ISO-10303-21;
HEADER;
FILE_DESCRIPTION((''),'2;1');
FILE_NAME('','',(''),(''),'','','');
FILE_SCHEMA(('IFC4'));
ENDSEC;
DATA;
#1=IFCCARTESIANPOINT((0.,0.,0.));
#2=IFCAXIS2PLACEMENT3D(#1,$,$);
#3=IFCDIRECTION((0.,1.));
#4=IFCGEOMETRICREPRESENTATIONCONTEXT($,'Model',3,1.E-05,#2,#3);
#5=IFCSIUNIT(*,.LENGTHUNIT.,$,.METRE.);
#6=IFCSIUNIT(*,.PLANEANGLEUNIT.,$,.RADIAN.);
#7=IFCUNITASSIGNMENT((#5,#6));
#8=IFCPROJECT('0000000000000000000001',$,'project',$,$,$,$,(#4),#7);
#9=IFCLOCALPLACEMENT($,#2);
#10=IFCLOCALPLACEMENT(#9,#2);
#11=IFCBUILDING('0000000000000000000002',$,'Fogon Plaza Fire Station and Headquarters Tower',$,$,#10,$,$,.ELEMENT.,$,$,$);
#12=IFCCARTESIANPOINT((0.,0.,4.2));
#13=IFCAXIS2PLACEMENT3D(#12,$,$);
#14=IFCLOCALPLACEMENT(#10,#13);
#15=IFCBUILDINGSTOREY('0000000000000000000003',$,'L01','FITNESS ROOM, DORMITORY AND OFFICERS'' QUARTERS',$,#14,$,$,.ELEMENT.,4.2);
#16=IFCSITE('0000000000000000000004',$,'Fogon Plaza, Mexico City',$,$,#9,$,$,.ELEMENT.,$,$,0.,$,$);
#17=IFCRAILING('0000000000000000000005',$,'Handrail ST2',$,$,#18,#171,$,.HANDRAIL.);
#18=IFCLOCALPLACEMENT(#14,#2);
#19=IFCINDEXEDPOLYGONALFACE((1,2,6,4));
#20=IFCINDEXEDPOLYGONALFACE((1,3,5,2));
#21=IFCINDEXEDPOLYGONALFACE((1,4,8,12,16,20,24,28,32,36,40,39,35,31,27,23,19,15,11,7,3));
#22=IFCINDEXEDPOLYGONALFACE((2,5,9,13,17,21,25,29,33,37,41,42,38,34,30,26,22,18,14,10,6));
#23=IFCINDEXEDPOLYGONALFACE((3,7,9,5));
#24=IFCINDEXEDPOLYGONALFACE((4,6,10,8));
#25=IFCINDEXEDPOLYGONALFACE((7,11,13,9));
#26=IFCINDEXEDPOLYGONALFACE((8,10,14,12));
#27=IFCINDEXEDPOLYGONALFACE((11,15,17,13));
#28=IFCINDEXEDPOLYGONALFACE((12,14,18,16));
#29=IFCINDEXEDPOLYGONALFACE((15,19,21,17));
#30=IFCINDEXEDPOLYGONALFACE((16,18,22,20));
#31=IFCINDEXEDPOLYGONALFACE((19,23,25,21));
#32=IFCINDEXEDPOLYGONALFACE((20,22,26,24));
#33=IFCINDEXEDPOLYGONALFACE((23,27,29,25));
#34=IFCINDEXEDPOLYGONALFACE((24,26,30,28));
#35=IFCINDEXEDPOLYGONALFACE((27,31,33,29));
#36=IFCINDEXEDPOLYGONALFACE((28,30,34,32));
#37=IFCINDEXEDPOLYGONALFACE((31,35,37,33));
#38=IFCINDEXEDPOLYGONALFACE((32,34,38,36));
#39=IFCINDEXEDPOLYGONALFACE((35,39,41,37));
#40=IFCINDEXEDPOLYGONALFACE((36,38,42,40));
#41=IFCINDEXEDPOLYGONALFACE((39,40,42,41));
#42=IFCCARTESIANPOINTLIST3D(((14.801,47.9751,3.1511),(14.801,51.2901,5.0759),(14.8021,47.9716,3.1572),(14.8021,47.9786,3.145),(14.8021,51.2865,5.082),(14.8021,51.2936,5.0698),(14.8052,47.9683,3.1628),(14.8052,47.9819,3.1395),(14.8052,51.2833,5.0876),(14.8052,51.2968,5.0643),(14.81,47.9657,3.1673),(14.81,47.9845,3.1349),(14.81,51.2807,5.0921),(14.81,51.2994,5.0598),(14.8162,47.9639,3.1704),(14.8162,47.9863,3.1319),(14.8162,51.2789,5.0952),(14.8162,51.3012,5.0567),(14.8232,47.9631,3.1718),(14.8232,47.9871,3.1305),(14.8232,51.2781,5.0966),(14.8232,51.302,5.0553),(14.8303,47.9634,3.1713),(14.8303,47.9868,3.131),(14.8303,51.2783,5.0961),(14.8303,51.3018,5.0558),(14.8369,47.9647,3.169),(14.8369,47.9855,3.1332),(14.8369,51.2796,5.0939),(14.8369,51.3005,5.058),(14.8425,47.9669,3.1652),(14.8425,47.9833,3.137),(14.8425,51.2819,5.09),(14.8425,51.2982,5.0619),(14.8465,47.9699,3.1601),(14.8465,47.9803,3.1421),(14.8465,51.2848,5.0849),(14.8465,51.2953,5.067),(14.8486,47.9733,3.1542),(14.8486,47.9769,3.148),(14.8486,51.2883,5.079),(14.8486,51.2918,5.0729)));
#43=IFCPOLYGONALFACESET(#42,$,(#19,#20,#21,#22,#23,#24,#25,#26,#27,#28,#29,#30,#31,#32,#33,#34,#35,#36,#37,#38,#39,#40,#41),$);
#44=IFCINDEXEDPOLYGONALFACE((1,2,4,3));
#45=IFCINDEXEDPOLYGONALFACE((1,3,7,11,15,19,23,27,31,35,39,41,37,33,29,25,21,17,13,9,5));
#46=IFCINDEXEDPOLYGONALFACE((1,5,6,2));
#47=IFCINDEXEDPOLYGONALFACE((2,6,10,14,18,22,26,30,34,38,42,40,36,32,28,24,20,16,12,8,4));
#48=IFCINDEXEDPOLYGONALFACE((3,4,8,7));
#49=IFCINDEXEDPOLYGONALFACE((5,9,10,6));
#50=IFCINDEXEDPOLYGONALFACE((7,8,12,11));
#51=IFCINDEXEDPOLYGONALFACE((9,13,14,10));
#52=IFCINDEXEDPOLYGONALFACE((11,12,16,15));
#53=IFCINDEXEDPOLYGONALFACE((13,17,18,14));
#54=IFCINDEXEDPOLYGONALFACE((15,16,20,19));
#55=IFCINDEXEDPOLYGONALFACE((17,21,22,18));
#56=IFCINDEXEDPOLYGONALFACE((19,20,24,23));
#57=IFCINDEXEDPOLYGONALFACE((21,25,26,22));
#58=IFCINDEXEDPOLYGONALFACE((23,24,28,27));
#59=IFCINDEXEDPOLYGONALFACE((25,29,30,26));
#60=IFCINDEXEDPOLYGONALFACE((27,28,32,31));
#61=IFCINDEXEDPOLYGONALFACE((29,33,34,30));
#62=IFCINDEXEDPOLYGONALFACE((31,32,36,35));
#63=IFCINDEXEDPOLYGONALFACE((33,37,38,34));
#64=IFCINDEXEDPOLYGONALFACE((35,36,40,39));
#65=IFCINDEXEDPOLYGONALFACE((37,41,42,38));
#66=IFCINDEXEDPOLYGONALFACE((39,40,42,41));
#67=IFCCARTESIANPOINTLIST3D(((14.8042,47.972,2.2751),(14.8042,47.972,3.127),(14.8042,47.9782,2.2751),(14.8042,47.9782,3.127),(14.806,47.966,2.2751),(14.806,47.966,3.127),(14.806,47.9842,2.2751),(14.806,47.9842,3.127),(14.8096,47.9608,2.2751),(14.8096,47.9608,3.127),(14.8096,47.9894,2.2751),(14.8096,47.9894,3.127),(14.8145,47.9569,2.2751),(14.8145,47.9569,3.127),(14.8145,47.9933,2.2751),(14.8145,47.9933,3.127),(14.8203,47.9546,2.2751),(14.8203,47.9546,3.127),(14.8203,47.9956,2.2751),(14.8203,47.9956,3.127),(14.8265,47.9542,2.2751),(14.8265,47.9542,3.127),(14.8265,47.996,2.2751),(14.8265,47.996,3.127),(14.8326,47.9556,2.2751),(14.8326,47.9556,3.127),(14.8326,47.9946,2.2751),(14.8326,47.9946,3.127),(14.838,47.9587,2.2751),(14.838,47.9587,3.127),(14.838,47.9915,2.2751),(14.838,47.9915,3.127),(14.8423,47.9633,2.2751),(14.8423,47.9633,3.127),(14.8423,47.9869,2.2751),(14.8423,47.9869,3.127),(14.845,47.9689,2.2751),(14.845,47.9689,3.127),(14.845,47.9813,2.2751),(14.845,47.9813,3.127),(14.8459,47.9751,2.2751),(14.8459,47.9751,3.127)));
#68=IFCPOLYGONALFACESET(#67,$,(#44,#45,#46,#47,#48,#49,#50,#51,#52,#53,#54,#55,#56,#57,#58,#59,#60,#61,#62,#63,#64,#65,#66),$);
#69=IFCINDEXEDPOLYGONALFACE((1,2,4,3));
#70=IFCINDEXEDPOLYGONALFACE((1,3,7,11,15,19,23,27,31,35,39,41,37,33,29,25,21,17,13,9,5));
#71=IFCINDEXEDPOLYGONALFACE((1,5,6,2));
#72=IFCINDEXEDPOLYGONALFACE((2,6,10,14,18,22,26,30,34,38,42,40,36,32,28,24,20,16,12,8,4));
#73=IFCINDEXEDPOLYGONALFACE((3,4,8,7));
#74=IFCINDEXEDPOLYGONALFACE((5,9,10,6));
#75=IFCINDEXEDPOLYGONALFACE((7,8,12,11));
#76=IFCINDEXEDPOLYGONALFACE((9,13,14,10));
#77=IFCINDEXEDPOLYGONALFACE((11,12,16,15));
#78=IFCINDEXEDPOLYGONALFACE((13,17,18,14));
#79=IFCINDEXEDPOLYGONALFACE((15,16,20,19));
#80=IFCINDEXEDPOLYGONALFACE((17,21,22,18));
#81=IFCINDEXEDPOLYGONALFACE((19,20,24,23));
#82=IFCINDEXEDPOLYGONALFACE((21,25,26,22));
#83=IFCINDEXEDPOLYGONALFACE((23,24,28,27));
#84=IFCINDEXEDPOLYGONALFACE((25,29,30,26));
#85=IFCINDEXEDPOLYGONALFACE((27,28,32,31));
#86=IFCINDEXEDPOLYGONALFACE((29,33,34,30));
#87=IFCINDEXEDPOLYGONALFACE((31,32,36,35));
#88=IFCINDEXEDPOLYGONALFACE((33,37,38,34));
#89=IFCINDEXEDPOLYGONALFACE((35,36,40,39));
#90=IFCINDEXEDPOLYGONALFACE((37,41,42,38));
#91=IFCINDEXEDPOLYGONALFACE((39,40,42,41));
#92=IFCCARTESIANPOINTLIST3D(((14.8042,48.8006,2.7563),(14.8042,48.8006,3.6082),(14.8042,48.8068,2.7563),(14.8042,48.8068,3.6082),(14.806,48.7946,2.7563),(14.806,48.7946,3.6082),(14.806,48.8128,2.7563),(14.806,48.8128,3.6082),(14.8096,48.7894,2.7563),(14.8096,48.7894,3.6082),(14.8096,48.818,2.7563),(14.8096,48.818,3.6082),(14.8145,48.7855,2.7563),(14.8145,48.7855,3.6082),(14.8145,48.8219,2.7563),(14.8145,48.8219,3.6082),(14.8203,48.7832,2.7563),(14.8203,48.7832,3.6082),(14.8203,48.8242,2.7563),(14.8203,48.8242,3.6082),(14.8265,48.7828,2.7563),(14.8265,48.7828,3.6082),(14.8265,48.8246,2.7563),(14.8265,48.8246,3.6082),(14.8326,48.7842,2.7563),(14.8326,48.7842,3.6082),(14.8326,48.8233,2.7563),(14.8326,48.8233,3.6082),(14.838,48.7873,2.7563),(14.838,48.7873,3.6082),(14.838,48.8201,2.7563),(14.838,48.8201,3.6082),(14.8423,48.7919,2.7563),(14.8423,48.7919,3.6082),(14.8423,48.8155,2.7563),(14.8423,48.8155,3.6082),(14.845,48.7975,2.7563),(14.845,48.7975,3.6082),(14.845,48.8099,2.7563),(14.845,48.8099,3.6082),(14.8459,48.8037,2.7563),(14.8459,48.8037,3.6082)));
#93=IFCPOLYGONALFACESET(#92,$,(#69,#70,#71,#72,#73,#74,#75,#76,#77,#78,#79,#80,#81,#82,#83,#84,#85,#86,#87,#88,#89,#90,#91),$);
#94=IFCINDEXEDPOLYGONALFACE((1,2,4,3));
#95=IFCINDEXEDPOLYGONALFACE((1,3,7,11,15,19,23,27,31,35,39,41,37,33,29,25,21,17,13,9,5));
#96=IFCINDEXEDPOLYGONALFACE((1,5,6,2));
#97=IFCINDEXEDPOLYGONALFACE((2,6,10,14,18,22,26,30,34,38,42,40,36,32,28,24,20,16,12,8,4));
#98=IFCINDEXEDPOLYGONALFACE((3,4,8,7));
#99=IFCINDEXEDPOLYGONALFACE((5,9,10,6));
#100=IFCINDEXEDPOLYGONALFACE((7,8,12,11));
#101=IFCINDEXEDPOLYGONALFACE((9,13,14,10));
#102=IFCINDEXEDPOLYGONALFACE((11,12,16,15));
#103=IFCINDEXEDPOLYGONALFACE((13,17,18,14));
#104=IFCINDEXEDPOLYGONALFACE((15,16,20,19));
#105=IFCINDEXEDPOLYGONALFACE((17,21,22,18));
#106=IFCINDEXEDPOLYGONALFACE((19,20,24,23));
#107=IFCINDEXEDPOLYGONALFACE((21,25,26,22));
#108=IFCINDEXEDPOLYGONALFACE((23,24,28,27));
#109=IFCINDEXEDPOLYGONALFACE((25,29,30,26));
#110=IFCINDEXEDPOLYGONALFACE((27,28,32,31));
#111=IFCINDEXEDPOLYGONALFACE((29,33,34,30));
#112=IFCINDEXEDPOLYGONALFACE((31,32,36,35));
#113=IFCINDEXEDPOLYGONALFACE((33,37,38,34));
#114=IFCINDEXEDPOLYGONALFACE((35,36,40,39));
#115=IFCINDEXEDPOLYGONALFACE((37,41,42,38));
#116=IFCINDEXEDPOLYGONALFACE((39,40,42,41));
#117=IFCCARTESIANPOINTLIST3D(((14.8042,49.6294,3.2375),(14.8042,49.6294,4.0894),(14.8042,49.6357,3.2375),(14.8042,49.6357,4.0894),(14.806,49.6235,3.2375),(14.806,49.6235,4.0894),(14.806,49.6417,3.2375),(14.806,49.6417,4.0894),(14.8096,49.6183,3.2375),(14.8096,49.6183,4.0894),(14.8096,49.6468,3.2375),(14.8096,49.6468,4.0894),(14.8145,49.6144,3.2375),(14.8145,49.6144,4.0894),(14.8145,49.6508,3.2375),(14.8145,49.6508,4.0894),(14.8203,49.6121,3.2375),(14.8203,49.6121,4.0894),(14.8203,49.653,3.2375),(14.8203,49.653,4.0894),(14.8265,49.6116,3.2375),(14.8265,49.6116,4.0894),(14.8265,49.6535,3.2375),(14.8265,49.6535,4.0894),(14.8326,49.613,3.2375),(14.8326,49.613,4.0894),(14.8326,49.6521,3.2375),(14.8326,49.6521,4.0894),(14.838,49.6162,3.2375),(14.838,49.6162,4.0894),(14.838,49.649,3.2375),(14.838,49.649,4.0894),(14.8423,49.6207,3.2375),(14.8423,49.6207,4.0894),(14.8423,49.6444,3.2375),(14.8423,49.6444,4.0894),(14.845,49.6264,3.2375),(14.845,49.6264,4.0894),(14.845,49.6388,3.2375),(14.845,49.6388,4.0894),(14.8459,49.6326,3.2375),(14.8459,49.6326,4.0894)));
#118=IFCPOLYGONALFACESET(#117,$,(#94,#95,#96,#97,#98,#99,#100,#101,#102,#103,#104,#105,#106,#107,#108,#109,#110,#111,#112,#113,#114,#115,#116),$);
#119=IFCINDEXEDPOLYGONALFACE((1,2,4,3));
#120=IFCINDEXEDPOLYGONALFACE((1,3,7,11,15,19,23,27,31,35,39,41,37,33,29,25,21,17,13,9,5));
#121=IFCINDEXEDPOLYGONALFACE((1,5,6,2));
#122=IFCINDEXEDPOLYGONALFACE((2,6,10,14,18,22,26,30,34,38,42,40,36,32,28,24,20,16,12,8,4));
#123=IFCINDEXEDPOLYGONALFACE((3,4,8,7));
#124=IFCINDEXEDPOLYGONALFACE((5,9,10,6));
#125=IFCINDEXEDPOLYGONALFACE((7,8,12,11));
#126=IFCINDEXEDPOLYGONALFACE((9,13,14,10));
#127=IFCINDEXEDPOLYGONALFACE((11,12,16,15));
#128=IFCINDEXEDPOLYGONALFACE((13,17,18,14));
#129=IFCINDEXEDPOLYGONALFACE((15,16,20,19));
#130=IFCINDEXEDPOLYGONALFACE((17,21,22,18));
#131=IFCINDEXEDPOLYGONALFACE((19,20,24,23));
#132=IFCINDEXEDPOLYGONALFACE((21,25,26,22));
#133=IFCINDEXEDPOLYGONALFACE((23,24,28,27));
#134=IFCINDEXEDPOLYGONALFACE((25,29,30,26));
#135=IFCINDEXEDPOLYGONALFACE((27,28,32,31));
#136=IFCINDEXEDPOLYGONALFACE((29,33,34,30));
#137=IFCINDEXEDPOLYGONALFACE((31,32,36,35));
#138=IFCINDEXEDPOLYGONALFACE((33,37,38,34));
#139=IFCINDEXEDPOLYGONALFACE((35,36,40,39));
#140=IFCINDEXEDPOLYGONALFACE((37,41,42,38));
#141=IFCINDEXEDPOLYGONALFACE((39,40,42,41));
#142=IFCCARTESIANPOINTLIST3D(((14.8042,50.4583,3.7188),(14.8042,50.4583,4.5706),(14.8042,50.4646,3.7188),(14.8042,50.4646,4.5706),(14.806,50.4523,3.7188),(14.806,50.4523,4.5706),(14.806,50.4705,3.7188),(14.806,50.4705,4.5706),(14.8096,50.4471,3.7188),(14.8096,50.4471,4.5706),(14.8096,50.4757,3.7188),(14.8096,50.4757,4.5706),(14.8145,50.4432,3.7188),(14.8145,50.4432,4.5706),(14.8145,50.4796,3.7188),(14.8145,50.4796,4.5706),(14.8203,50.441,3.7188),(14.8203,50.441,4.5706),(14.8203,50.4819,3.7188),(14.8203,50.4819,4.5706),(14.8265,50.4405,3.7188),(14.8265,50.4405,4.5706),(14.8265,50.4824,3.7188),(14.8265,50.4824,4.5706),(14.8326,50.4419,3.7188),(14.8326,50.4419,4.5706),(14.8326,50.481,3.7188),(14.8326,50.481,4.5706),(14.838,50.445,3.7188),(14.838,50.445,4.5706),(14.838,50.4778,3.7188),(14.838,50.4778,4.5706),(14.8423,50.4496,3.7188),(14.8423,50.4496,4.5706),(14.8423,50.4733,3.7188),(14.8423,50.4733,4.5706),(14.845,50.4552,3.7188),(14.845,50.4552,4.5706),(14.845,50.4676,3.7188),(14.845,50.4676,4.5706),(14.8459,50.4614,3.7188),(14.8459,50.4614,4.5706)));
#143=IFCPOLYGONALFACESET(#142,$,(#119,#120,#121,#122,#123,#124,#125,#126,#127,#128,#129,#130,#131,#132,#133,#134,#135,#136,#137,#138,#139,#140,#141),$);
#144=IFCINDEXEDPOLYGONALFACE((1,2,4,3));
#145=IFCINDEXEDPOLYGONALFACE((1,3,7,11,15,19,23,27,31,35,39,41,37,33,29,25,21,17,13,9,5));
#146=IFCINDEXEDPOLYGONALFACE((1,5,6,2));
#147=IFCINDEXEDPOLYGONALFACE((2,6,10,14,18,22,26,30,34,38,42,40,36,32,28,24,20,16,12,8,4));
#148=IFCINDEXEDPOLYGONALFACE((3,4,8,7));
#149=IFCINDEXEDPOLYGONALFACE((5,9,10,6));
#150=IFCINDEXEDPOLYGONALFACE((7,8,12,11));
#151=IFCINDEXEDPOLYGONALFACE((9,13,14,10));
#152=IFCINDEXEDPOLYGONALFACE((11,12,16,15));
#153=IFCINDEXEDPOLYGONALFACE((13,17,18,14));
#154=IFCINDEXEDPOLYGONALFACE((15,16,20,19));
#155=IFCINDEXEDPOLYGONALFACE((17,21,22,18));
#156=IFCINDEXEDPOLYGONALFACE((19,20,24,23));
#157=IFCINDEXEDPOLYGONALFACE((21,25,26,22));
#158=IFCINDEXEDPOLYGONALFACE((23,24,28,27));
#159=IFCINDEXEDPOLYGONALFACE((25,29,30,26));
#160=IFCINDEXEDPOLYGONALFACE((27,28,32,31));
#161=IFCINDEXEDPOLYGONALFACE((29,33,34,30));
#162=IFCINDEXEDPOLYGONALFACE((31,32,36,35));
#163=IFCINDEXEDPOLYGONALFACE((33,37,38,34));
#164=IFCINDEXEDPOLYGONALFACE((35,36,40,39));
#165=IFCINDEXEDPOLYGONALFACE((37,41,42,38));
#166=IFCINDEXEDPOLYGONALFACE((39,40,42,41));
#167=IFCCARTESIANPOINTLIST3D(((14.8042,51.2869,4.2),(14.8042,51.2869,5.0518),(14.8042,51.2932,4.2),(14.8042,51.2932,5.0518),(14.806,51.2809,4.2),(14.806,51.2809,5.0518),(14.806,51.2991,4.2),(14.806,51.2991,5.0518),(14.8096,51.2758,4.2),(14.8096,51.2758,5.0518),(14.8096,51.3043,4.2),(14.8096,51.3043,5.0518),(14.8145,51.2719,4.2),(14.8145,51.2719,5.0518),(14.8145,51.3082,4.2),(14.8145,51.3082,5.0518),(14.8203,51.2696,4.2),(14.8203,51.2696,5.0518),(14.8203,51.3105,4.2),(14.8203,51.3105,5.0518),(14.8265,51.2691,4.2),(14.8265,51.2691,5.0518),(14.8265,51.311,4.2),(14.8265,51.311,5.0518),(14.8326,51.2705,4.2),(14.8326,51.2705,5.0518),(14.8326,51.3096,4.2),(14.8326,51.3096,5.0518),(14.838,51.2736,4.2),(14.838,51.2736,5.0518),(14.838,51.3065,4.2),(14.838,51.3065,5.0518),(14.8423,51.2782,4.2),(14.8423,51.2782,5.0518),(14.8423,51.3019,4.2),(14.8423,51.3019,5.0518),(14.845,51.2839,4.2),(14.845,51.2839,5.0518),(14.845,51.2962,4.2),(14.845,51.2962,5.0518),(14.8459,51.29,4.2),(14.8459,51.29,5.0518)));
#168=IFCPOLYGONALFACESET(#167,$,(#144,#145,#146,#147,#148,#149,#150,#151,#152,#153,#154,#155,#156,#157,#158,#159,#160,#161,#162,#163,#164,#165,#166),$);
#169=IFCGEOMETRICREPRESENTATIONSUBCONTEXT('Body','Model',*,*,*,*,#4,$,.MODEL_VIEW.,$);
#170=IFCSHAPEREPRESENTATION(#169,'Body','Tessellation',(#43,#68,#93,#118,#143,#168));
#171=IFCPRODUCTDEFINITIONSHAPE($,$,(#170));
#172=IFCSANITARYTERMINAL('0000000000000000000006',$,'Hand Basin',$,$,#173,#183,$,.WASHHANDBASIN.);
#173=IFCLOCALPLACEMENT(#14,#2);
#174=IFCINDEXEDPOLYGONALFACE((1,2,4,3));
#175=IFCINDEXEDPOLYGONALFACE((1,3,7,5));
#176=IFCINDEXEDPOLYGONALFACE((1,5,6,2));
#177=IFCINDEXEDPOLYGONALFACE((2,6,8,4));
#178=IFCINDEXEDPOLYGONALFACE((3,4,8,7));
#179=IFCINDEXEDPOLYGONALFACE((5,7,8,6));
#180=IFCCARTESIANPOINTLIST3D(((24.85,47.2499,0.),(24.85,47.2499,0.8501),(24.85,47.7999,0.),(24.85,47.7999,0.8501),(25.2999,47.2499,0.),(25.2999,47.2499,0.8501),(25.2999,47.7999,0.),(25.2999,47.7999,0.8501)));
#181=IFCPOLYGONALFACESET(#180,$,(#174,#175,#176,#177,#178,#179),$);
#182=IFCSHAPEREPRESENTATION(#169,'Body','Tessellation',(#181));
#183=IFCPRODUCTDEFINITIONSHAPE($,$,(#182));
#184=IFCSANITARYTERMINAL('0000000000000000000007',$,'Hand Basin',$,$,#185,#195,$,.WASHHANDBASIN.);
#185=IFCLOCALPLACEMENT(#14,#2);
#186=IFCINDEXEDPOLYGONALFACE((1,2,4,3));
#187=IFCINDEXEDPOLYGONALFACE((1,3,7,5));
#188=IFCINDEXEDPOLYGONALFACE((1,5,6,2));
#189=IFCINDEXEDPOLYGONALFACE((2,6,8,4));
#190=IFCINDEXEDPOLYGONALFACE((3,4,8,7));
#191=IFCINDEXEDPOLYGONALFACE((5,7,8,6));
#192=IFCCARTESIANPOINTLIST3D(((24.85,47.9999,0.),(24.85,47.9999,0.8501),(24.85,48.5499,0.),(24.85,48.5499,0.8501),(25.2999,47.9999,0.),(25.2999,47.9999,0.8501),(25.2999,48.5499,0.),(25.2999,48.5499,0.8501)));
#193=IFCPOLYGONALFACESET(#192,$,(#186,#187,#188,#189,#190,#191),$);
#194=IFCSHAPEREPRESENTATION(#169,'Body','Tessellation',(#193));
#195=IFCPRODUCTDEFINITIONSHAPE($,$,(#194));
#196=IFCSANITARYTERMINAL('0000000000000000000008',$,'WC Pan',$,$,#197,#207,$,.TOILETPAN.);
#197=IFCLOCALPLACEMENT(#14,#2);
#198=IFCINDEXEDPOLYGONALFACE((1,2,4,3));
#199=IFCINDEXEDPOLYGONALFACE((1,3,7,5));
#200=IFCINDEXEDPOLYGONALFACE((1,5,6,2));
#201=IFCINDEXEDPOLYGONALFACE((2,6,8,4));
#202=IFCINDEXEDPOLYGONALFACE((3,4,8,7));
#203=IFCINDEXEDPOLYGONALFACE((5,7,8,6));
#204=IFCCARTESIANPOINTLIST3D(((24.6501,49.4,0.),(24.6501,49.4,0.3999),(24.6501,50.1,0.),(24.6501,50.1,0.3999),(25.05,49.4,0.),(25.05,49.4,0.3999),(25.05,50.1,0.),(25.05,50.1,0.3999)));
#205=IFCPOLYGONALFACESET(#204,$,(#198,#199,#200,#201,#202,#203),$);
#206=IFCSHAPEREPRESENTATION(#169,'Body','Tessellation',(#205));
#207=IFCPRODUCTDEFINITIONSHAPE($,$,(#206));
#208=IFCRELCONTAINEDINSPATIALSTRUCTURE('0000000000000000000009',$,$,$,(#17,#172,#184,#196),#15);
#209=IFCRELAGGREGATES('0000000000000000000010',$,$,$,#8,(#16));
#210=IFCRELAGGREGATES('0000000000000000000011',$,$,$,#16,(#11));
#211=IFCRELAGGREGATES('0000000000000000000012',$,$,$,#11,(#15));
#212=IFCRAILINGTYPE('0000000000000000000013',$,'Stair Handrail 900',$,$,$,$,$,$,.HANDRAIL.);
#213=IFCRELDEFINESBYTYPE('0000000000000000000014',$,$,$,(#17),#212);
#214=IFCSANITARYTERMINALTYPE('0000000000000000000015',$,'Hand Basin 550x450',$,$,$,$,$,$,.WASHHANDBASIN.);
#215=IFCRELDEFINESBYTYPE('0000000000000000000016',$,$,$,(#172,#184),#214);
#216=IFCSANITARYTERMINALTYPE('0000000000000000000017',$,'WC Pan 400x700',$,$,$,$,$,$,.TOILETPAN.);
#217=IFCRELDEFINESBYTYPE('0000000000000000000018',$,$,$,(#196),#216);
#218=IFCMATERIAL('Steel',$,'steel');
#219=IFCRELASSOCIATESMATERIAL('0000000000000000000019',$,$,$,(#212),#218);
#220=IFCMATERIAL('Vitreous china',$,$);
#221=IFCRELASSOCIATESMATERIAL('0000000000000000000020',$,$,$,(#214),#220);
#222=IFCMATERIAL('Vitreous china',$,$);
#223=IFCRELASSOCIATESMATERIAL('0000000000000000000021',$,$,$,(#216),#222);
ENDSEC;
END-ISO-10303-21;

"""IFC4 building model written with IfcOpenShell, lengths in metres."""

from ifc_helpers import new_model, si_unit, direction, frame, origin, origin_2d, place, context, subcontext, project, spatial, rectangle, circle, extrude, material, type_object, element, save


model = new_model("IFC4")

# Units and contexts
model_context = context("Model", 3, precision=1e-05, world=origin(), true_north=direction((0.0, 1.0)))
body_context = subcontext(model_context, "Body", "Model", "MODEL_VIEW")
ifc_project = project(units=[si_unit("LENGTHUNIT", "METRE"), si_unit("PLANEANGLEUNIT", "RADIAN")], contexts=[model_context])

# Site, building, storey
site_placement = place(None, origin())
site = spatial("IfcSite", under=ifc_project, at=site_placement, Name="Fogon Plaza, Mexico City", CompositionType="ELEMENT", RefElevation=0.0)
building_placement = place(site_placement, origin())
building = spatial("IfcBuilding", under=site, at=building_placement, Name="Fogon Plaza Fire Station and Headquarters Tower", CompositionType="ELEMENT")
storey_placement = place(building_placement, frame((0.0, 0.0, 4.2)))
storey = spatial("IfcBuildingStorey", under=building, at=storey_placement, Name="L01", Description="FITNESS ROOM, DORMITORY AND OFFICERS' QUARTERS", CompositionType="ELEMENT", Elevation=4.2)

# Railing
ifc_material_1 = material(Name="Steel", Category="steel")
railing_type = type_object("IfcRailingType", Name="Stair Handrail 900", PredefinedType="HANDRAIL", material=ifc_material_1)
for number, where, name in (
    (1, (14.825, 47.9751, 2.2751), "Handrail ST2"),
):
    element("IfcRailing", number, at=place(storey_placement, frame(where)), inside=storey, type_object=railing_type, Name=name, PredefinedType="HANDRAIL", context=body_context, shape_type="SweptSolid", body=[
        extrude(circle(Radius=0.0239, at=origin_2d()), frame((0.0, 0.0, 0.876), z_axis=(0.0, 0.864789, 0.502136), x_axis=(-1.0, 0.0, 0.0)), (0.0, 0.0, 1.0), 3.8333),
        extrude(circle(Radius=0.021, at=origin_2d()), origin(), (0.0, 0.0, 1.0), 0.8518),
        extrude(circle(Radius=0.021, at=origin_2d()), frame((0.0, 0.8286, 0.4812)), (0.0, 0.0, 1.0), 0.8518),
        extrude(circle(Radius=0.021, at=origin_2d()), frame((0.0, 1.6575, 0.9624)), (0.0, 0.0, 1.0), 0.8518),
        extrude(circle(Radius=0.021, at=origin_2d()), frame((0.0, 2.4863, 1.4436)), (0.0, 0.0, 1.0), 0.8518),
        extrude(circle(Radius=0.021, at=origin_2d()), frame((0.0, 3.3149, 1.9248)), (0.0, 0.0, 1.0), 0.8518),
    ])

# Sanitary terminals
ifc_material_2 = material(Name="Vitreous china")
sanitary_terminal_type_1 = type_object("IfcSanitaryTerminalType", Name="Hand Basin 550x450", PredefinedType="WASHHANDBASIN", material=ifc_material_2)
for number, where, z_axis, x_axis, name in (
    (2, (25.075, 47.5249, 0.0), (0.0, 0.0, 1.0), (1.0, 0.0, 0.0), "Hand Basin"),
    (3, (25.075, 48.2749, 0.0), (0.0, 0.0, 1.0), (1.0, 0.0, 0.0), "Hand Basin"),
):
    element("IfcSanitaryTerminal", number, at=place(storey_placement, frame(where, z_axis=z_axis, x_axis=x_axis)), inside=storey, type_object=sanitary_terminal_type_1, Name=name, PredefinedType="WASHHANDBASIN", context=body_context, shape_type="SweptSolid", body=[
        extrude(rectangle(XDim=0.45, YDim=0.55, at=origin_2d()), origin(), (0.0, 0.0, 1.0), 0.8501),
    ])
ifc_material_3 = material(Name="Vitreous china")
sanitary_terminal_type_2 = type_object("IfcSanitaryTerminalType", Name="WC Pan 400x700", PredefinedType="TOILETPAN", material=ifc_material_3)
for number, where, z_axis, x_axis, name in (
    (4, (24.8501, 49.75, 0.0), (0.0, 0.0, 1.0), (1.0, 0.0, 0.0), "WC Pan"),
):
    element("IfcSanitaryTerminal", number, at=place(storey_placement, frame(where, z_axis=z_axis, x_axis=x_axis)), inside=storey, type_object=sanitary_terminal_type_2, Name=name, PredefinedType="TOILETPAN", context=body_context, shape_type="SweptSolid", body=[
        extrude(rectangle(XDim=0.3999, YDim=0.7, at=origin_2d()), origin(), (0.0, 0.0, 1.0), 0.3999),
    ])

save(model, "model.ifc")
